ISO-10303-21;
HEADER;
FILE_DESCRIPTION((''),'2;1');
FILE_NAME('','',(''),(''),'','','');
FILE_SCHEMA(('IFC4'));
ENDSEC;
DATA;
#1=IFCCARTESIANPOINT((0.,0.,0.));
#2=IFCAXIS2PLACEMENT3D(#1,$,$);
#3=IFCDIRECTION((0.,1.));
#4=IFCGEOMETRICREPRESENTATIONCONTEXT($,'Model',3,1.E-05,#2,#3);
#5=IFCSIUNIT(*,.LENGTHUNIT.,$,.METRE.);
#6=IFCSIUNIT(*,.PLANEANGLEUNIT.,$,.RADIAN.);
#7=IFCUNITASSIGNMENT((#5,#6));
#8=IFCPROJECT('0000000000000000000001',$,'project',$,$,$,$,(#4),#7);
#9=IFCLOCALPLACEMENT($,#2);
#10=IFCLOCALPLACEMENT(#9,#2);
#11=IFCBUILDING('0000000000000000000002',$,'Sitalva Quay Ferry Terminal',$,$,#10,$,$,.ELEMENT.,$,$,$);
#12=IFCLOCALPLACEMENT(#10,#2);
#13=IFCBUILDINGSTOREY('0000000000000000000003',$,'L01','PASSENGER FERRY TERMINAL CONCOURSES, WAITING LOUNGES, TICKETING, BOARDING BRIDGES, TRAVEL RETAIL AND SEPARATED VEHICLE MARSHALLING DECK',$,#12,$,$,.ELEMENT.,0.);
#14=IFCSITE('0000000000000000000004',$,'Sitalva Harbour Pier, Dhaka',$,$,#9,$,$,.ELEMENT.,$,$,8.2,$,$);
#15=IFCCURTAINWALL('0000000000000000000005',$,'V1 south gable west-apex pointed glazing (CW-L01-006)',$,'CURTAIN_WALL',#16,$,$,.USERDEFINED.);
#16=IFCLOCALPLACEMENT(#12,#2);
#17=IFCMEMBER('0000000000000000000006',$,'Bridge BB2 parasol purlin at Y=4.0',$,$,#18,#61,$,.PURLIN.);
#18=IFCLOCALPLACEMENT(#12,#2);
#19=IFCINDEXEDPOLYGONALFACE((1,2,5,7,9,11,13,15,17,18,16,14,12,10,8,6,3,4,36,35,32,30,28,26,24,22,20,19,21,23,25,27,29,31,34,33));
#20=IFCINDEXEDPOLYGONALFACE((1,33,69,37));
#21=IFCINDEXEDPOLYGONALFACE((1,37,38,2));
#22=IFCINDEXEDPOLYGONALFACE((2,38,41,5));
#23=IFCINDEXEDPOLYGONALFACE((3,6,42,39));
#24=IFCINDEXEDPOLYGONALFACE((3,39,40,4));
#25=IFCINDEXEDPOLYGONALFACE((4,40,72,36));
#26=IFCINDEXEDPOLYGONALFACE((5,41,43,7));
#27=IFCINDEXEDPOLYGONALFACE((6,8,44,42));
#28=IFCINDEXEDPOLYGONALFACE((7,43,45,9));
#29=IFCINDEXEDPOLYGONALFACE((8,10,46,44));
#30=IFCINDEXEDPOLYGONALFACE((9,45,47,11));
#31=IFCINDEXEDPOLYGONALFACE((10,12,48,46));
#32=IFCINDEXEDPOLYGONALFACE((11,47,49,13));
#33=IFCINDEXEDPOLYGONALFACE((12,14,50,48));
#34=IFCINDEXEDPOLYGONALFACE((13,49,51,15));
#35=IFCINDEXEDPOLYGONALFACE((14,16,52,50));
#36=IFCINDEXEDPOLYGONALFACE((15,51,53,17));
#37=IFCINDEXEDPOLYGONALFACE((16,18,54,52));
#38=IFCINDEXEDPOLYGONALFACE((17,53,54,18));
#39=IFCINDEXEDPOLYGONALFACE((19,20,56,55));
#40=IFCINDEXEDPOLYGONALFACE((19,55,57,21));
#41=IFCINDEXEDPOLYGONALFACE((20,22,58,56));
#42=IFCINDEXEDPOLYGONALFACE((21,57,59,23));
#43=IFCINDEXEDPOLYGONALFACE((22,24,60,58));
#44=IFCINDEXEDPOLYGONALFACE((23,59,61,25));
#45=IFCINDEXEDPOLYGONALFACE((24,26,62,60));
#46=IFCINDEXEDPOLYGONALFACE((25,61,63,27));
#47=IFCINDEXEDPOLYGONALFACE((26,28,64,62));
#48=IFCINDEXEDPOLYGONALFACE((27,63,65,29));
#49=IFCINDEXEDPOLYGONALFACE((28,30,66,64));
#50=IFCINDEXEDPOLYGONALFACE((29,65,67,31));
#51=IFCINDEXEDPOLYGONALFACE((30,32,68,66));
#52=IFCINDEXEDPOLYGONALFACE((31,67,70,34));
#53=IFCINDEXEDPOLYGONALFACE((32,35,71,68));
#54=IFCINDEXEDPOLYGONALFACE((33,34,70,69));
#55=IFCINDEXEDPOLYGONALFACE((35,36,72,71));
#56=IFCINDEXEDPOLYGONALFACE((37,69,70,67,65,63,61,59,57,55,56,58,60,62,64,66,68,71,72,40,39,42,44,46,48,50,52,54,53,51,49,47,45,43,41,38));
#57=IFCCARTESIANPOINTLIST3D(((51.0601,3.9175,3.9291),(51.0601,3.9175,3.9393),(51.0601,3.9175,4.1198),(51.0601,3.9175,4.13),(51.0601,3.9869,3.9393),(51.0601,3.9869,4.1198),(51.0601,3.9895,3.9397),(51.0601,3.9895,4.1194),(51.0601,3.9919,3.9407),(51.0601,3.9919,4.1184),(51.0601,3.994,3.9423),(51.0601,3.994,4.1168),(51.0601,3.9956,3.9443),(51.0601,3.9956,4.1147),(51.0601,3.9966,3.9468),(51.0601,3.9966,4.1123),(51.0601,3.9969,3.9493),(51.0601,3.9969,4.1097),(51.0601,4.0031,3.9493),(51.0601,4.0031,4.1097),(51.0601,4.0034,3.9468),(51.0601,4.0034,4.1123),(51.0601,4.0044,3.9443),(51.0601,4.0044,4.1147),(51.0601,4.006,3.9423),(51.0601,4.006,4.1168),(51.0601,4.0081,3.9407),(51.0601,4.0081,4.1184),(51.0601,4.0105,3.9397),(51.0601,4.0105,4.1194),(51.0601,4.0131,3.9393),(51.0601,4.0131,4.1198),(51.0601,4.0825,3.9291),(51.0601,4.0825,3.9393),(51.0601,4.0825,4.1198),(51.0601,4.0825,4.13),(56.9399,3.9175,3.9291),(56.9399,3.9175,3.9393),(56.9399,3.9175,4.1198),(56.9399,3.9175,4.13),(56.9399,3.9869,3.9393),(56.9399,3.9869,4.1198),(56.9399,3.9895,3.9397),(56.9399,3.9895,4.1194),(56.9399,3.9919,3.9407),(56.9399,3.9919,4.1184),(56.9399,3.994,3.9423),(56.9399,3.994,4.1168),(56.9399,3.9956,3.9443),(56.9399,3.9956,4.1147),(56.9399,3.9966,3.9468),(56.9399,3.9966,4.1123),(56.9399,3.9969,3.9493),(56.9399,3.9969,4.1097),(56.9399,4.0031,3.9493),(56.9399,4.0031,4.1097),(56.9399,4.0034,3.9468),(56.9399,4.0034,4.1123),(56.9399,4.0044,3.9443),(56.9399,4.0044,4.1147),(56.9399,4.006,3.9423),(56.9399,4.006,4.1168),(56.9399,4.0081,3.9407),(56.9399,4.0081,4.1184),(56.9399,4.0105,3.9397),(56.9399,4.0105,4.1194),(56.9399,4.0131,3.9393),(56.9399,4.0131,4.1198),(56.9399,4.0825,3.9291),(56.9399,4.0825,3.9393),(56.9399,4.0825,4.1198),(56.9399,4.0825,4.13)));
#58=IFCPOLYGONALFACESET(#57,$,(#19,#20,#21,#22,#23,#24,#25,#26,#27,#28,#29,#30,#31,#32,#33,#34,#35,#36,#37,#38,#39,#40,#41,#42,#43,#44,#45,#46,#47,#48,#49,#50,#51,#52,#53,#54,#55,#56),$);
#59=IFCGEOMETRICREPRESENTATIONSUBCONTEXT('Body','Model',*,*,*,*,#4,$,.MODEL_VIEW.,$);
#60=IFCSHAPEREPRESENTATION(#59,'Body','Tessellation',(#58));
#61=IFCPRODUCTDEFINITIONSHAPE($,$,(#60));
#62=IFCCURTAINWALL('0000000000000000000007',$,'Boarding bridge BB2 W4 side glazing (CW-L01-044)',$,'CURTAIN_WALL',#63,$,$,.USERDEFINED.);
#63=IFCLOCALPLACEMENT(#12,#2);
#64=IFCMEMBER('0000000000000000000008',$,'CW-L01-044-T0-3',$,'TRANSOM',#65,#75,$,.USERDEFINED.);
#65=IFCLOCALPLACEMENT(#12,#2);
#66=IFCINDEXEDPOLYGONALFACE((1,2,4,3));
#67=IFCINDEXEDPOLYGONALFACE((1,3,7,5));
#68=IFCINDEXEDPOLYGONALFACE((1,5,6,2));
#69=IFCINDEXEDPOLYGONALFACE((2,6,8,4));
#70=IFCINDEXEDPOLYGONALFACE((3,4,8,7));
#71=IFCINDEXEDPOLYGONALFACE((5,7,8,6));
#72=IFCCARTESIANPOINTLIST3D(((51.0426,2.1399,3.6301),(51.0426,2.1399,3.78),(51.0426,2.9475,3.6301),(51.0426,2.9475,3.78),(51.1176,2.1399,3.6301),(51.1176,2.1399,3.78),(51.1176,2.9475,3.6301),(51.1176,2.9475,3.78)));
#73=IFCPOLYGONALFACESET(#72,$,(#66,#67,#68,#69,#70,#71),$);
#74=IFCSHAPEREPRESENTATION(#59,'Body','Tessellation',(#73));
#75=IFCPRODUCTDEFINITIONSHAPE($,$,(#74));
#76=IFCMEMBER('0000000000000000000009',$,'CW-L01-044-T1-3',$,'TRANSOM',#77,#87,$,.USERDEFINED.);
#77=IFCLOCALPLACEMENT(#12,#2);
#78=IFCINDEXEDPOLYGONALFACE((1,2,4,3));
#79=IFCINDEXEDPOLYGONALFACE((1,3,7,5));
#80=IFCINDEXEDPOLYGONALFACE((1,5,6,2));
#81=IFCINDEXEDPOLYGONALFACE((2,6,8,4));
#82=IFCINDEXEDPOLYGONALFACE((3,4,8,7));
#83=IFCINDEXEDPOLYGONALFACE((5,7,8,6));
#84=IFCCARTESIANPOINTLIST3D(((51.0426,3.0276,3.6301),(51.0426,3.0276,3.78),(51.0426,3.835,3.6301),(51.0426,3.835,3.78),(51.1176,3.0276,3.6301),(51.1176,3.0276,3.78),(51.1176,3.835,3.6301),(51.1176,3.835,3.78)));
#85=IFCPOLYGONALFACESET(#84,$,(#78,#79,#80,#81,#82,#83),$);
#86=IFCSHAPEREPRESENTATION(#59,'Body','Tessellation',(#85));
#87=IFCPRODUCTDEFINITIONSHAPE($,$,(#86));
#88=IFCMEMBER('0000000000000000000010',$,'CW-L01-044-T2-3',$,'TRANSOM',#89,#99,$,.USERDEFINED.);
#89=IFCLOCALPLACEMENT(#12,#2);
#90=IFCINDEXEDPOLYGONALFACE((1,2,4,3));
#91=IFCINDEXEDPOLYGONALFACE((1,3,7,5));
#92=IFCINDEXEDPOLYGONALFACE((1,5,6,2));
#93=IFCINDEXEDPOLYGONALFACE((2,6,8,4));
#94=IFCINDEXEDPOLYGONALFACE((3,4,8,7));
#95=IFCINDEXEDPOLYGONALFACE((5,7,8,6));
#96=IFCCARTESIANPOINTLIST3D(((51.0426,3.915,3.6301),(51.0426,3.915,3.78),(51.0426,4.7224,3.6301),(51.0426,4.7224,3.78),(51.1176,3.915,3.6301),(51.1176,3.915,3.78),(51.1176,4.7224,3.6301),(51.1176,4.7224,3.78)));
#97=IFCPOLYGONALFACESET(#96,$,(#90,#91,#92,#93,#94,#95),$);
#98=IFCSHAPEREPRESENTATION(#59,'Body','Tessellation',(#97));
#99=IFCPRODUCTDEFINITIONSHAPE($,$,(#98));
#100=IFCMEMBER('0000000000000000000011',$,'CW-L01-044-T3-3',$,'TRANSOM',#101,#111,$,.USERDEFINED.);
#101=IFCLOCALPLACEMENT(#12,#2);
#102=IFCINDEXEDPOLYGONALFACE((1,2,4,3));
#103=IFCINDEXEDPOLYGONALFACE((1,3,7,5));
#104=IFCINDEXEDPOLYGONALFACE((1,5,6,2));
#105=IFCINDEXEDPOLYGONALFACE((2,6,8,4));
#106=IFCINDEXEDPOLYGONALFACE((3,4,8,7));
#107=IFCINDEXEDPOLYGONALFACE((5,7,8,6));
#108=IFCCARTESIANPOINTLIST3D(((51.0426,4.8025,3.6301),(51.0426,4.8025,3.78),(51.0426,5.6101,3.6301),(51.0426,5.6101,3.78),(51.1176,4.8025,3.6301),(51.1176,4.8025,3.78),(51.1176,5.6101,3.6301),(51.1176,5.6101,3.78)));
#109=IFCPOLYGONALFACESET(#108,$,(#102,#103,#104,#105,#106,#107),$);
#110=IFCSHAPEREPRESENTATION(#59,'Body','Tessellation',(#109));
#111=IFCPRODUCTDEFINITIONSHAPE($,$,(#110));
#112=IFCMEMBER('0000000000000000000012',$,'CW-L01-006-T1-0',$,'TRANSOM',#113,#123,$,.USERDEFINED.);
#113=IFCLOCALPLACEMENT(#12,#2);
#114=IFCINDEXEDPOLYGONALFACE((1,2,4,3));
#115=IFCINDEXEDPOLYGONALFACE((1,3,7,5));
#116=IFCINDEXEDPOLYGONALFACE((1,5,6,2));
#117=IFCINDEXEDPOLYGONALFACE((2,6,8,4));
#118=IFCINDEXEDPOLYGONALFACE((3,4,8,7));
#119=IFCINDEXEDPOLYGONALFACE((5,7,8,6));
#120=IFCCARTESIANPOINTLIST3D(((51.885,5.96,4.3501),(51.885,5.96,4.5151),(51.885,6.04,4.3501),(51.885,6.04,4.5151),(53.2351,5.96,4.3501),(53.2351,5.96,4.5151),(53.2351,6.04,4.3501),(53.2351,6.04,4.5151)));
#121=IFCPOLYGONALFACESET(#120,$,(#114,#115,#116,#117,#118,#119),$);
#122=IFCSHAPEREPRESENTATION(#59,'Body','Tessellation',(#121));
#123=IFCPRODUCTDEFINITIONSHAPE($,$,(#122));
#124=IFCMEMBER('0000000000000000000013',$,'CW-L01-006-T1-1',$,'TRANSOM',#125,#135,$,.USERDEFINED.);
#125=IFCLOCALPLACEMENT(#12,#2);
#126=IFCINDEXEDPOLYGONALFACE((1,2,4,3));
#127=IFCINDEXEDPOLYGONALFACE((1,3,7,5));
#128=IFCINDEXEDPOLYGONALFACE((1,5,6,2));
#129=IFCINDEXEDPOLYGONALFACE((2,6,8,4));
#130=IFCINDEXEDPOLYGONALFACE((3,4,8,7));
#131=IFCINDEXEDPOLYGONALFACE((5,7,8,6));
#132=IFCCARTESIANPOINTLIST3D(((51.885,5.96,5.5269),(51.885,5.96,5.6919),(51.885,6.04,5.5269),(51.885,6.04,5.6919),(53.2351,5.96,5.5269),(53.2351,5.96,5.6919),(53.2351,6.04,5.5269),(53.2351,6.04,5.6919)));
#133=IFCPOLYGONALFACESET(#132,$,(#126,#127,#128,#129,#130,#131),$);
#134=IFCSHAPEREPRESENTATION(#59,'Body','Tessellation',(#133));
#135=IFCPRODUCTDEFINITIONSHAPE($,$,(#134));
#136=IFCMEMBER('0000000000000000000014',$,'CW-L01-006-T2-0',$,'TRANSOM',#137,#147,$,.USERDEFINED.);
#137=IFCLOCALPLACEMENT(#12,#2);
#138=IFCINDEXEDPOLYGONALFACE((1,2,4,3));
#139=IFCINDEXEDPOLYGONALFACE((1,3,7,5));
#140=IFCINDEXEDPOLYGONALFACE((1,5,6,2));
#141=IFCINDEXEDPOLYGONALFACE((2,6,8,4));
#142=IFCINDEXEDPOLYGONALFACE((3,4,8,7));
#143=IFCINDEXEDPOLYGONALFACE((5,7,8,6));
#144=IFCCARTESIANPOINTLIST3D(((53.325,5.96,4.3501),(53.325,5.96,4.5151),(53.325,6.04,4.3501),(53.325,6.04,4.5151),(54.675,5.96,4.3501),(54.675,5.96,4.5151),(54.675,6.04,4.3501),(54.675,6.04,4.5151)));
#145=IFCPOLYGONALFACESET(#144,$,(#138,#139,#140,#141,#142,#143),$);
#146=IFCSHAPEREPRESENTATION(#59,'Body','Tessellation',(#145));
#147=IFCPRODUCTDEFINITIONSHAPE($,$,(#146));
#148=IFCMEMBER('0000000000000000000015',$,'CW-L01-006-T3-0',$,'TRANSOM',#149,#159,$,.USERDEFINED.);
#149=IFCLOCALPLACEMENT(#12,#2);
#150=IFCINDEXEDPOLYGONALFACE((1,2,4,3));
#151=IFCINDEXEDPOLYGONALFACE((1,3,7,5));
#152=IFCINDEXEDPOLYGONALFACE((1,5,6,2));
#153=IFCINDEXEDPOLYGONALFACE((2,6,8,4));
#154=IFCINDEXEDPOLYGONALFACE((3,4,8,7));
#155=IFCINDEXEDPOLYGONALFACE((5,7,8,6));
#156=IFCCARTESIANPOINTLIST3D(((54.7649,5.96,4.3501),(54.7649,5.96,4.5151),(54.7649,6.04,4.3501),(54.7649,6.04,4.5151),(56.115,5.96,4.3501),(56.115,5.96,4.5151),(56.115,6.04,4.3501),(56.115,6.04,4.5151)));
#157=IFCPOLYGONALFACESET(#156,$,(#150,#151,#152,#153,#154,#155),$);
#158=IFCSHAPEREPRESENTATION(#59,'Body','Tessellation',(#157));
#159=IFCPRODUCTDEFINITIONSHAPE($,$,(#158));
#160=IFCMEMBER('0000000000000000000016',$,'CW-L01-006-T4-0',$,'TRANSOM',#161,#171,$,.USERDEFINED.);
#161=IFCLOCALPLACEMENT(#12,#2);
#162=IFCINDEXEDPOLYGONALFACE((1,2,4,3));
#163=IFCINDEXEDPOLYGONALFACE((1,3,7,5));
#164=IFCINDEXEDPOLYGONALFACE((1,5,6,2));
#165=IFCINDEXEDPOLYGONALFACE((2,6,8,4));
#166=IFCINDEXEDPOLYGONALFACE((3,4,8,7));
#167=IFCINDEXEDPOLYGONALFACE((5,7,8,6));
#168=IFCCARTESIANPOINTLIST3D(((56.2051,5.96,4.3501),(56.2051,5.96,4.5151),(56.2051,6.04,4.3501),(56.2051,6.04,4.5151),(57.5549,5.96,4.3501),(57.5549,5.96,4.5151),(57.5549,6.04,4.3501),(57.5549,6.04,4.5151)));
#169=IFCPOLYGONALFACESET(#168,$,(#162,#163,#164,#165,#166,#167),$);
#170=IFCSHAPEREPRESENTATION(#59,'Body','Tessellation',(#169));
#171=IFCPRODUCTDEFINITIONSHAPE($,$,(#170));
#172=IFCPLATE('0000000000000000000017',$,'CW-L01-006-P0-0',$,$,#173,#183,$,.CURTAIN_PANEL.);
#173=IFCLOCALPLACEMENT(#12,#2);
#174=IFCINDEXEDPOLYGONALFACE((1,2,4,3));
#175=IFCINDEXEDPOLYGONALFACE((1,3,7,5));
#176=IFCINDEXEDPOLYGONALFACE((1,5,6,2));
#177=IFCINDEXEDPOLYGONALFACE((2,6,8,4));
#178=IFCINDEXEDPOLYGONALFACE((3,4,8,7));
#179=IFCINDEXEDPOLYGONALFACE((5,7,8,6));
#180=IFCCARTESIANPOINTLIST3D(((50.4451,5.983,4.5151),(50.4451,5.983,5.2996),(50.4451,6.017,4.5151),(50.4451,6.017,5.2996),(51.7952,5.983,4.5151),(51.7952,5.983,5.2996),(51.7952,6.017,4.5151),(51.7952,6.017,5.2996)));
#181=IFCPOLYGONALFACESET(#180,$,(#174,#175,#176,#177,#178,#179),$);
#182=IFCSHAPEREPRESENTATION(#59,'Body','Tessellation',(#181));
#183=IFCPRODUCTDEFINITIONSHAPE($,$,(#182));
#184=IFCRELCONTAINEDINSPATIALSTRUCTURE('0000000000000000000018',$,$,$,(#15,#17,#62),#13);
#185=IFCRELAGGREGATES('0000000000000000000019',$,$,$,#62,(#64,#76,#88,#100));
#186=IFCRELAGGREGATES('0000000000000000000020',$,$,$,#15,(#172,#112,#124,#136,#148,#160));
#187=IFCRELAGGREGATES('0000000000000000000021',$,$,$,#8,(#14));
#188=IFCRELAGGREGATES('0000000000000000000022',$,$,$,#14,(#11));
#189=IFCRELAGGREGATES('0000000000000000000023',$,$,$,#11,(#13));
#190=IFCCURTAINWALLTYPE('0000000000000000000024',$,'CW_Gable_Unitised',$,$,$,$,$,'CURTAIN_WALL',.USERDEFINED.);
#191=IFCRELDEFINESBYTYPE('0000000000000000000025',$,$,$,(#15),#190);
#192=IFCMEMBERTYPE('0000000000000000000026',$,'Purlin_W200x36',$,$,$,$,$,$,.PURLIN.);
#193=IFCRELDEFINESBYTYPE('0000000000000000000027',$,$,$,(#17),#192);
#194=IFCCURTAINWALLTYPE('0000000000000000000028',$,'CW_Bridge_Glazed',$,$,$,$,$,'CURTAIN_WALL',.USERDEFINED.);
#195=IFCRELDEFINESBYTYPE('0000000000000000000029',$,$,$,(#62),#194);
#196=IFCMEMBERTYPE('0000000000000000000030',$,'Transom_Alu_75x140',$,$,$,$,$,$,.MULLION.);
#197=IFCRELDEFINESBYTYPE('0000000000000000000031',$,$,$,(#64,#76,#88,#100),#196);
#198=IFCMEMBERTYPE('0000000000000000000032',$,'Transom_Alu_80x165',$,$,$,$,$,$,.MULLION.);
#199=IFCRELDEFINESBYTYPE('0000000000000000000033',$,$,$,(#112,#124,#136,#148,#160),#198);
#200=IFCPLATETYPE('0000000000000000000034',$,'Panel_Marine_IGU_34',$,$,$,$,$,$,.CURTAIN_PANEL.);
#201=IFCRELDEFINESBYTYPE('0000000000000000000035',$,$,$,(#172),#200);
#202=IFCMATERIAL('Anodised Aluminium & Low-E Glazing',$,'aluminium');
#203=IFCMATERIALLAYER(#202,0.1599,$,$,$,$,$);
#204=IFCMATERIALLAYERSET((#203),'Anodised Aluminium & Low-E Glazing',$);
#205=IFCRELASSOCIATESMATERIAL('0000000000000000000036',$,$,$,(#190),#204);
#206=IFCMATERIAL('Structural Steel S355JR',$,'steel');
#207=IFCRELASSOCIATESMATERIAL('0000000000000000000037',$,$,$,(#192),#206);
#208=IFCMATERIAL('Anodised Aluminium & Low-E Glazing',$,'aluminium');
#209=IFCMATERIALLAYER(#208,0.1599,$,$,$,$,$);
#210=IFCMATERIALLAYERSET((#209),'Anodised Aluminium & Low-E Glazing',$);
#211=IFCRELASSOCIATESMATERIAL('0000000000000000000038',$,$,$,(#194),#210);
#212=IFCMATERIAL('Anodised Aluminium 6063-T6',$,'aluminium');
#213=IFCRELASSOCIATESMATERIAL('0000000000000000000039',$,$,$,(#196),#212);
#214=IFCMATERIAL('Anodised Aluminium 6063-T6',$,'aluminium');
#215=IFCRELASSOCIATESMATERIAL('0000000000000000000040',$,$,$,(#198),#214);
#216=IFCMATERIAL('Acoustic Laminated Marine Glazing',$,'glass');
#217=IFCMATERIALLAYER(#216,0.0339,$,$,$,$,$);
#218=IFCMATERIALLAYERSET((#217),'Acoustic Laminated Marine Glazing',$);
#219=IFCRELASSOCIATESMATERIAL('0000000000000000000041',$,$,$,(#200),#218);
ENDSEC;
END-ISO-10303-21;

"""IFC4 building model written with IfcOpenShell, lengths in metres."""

from ifc_helpers import new_model, si_unit, direction, frame, origin, origin_2d, place, context, subcontext, project, spatial, rectangle, i_section, extrude, material, layer, layer_set, material_profile, profile_set, type_object, element, aggregate, save


model = new_model("IFC4")

# Units and contexts
model_context = context("Model", 3, precision=1e-05, world=origin(), true_north=direction((0.0, 1.0)))
body_context = subcontext(model_context, "Body", "Model", "MODEL_VIEW")
ifc_project = project(units=[si_unit("LENGTHUNIT", "METRE"), si_unit("PLANEANGLEUNIT", "RADIAN")], contexts=[model_context])

# Site, building, storey
site_placement = place(None, origin())
site = spatial("IfcSite", under=ifc_project, at=site_placement, Name="Sitalva Harbour Pier, Dhaka", CompositionType="ELEMENT", RefElevation=8.2)
building_placement = place(site_placement, origin())
building = spatial("IfcBuilding", under=site, at=building_placement, Name="Sitalva Quay Ferry Terminal", CompositionType="ELEMENT")
storey_placement = place(building_placement, origin())
storey = spatial("IfcBuildingStorey", under=building, at=storey_placement, Name="L01", Description="PASSENGER FERRY TERMINAL CONCOURSES, WAITING LOUNGES, TICKETING, BOARDING BRIDGES, TRAVEL RETAIL AND SEPARATED VEHICLE MARSHALLING DECK", CompositionType="ELEMENT", Elevation=0.0)

# Curtain wall
ifc_material_1 = material(Name="Anodised Aluminium & Low-E Glazing", Category="aluminium")
ifc_layer_1 = layer(ifc_material_1, 0.1599)
ifc_layer_set_1 = layer_set([ifc_layer_1], Name="Anodised Aluminium & Low-E Glazing")
curtain_wall_type_1 = type_object("IfcCurtainWallType", Name="CW_Gable_Unitised", ElementType="CURTAIN_WALL", PredefinedType="USERDEFINED", material=ifc_layer_set_1)
curtain_wall_1_placement = place(storey_placement, origin())
curtain_wall_1 = element("IfcCurtainWall", 1, at=curtain_wall_1_placement, inside=storey, type_object=curtain_wall_type_1, Name="V1 south gable west-apex pointed glazing (CW-L01-006)", ObjectType="CURTAIN_WALL", PredefinedType="USERDEFINED")

# Member
ifc_material_2 = material(Name="Structural Steel S355JR", Category="steel")
ifc_material_profile_1 = material_profile(ifc_material_2, i_section(OverallWidth=0.165, OverallDepth=0.2009, WebThickness=0.0061, FlangeThickness=0.0103, FilletRadius=0.01, at=origin_2d()), Name="W200x36")
ifc_profile_set_1 = profile_set([ifc_material_profile_1], Name="Structural Steel S355JR")
member_type_1 = type_object("IfcMemberType", Name="Purlin_W200x36", PredefinedType="PURLIN", material=ifc_profile_set_1)
for number, where, z_axis, x_axis, name in (
    (2, (51.0601, 4.0, 4.0295), (1.0, 0.0, 0.0), (0.0, 1.0, 0.0), "Bridge BB2 parasol purlin at Y=4.0"),
):
    element("IfcMember", number, at=place(storey_placement, frame(where, z_axis=z_axis, x_axis=x_axis)), inside=storey, type_object=member_type_1, Name=name, PredefinedType="PURLIN", context=body_context, shape_type="SweptSolid", body=[
        extrude(i_section(OverallWidth=0.165, OverallDepth=0.2009, WebThickness=0.0061, FlangeThickness=0.0103, FilletRadius=0.01, at=origin_2d()), origin(), (0.0, 0.0, 1.0), 5.8799),
    ])

# Curtain wall, members
ifc_material_3 = material(Name="Anodised Aluminium & Low-E Glazing", Category="aluminium")
ifc_layer_2 = layer(ifc_material_3, 0.1599)
ifc_layer_set_2 = layer_set([ifc_layer_2], Name="Anodised Aluminium & Low-E Glazing")
curtain_wall_type_2 = type_object("IfcCurtainWallType", Name="CW_Bridge_Glazed", ElementType="CURTAIN_WALL", PredefinedType="USERDEFINED", material=ifc_layer_set_2)
curtain_wall_2_placement = place(storey_placement, origin())
curtain_wall_2 = element("IfcCurtainWall", 3, at=curtain_wall_2_placement, inside=storey, type_object=curtain_wall_type_2, Name="Boarding bridge BB2 W4 side glazing (CW-L01-044)", ObjectType="CURTAIN_WALL", PredefinedType="USERDEFINED")
ifc_material_4 = material(Name="Anodised Aluminium 6063-T6", Category="aluminium")
ifc_material_profile_2 = material_profile(ifc_material_4, rectangle(XDim=0.075, YDim=0.1499, at=origin_2d()), Name="ALU75x150")
ifc_profile_set_2 = profile_set([ifc_material_profile_2], Name="Anodised Aluminium 6063-T6")
member_type_2 = type_object("IfcMemberType", Name="Transom_Alu_75x140", PredefinedType="MULLION", material=ifc_profile_set_2)
member_1_placement = place(storey_placement, frame((51.0801, 2.1399, 3.7051), z_axis=(0.0, 1.0, 0.0), x_axis=(-1.0, 0.0, 0.0)))
member_1 = element("IfcMember", 4, at=member_1_placement, type_object=member_type_2, Name="CW-L01-044-T0-3", ObjectType="TRANSOM", PredefinedType="USERDEFINED", context=body_context, shape_type="SweptSolid", body=[
    extrude(rectangle(XDim=0.075, YDim=0.1499, at=origin_2d()), origin(), (0.0, 0.0, 1.0), 0.8076),
])
member_2_placement = place(storey_placement, frame((51.0801, 3.0276, 3.7051), z_axis=(0.0, 1.0, 0.0), x_axis=(-1.0, 0.0, 0.0)))
member_2 = element("IfcMember", 5, at=member_2_placement, type_object=member_type_2, Name="CW-L01-044-T1-3", ObjectType="TRANSOM", PredefinedType="USERDEFINED", context=body_context, shape_type="SweptSolid", body=[
    extrude(rectangle(XDim=0.075, YDim=0.1499, at=origin_2d()), origin(), (0.0, 0.0, 1.0), 0.8074),
])
member_3_placement = place(storey_placement, frame((51.0801, 3.915, 3.7051), z_axis=(0.0, 1.0, 0.0), x_axis=(-1.0, 0.0, 0.0)))
member_3 = element("IfcMember", 6, at=member_3_placement, type_object=member_type_2, Name="CW-L01-044-T2-3", ObjectType="TRANSOM", PredefinedType="USERDEFINED", context=body_context, shape_type="SweptSolid", body=[
    extrude(rectangle(XDim=0.075, YDim=0.1499, at=origin_2d()), origin(), (0.0, 0.0, 1.0), 0.8074),
])
member_4_placement = place(storey_placement, frame((51.0801, 4.8025, 3.7051), z_axis=(0.0, 1.0, 0.0), x_axis=(-1.0, 0.0, 0.0)))
member_4 = element("IfcMember", 7, at=member_4_placement, type_object=member_type_2, Name="CW-L01-044-T3-3", ObjectType="TRANSOM", PredefinedType="USERDEFINED", context=body_context, shape_type="SweptSolid", body=[
    extrude(rectangle(XDim=0.075, YDim=0.1499, at=origin_2d()), origin(), (0.0, 0.0, 1.0), 0.8076),
])
aggregate(curtain_wall_2, [member_1, member_2, member_3, member_4])

# Members
ifc_material_5 = material(Name="Anodised Aluminium 6063-T6", Category="aluminium")
ifc_material_profile_3 = material_profile(ifc_material_5, rectangle(XDim=0.0801, YDim=0.165, at=origin_2d()), Name="ALU80x165")
ifc_profile_set_3 = profile_set([ifc_material_profile_3], Name="Anodised Aluminium 6063-T6")
member_type_3 = type_object("IfcMemberType", Name="Transom_Alu_80x165", PredefinedType="MULLION", material=ifc_profile_set_3)
member_5_placement = place(storey_placement, frame((51.885, 6.0, 4.4326), z_axis=(1.0, 0.0, 0.0), x_axis=(0.0, 1.0, 0.0)))
member_5 = element("IfcMember", 8, at=member_5_placement, type_object=member_type_3, Name="CW-L01-006-T1-0", ObjectType="TRANSOM", PredefinedType="USERDEFINED", context=body_context, shape_type="SweptSolid", body=[
    extrude(rectangle(XDim=0.0801, YDim=0.165, at=origin_2d()), origin(), (0.0, 0.0, 1.0), 1.3501),
])
member_6_placement = place(storey_placement, frame((51.885, 6.0, 5.6094), z_axis=(1.0, 0.0, 0.0), x_axis=(0.0, 1.0, 0.0)))
member_6 = element("IfcMember", 9, at=member_6_placement, type_object=member_type_3, Name="CW-L01-006-T1-1", ObjectType="TRANSOM", PredefinedType="USERDEFINED", context=body_context, shape_type="SweptSolid", body=[
    extrude(rectangle(XDim=0.0801, YDim=0.165, at=origin_2d()), origin(), (0.0, 0.0, 1.0), 1.3501),
])
member_7_placement = place(storey_placement, frame((53.325, 6.0, 4.4326), z_axis=(1.0, 0.0, 0.0), x_axis=(0.0, 1.0, 0.0)))
member_7 = element("IfcMember", 10, at=member_7_placement, type_object=member_type_3, Name="CW-L01-006-T2-0", ObjectType="TRANSOM", PredefinedType="USERDEFINED", context=body_context, shape_type="SweptSolid", body=[
    extrude(rectangle(XDim=0.0801, YDim=0.165, at=origin_2d()), origin(), (0.0, 0.0, 1.0), 1.3501),
])
member_8_placement = place(storey_placement, frame((54.7649, 6.0, 4.4326), z_axis=(1.0, 0.0, 0.0), x_axis=(0.0, 1.0, 0.0)))
member_8 = element("IfcMember", 11, at=member_8_placement, type_object=member_type_3, Name="CW-L01-006-T3-0", ObjectType="TRANSOM", PredefinedType="USERDEFINED", context=body_context, shape_type="SweptSolid", body=[
    extrude(rectangle(XDim=0.0801, YDim=0.165, at=origin_2d()), origin(), (0.0, 0.0, 1.0), 1.3501),
])
member_9_placement = place(storey_placement, frame((56.2051, 6.0, 4.4326), z_axis=(1.0, 0.0, 0.0), x_axis=(0.0, 1.0, 0.0)))
member_9 = element("IfcMember", 12, at=member_9_placement, type_object=member_type_3, Name="CW-L01-006-T4-0", ObjectType="TRANSOM", PredefinedType="USERDEFINED", context=body_context, shape_type="SweptSolid", body=[
    extrude(rectangle(XDim=0.0801, YDim=0.165, at=origin_2d()), origin(), (0.0, 0.0, 1.0), 1.3499),
])

# Plate
ifc_material_6 = material(Name="Acoustic Laminated Marine Glazing", Category="glass")
ifc_layer_3 = layer(ifc_material_6, 0.0339)
ifc_layer_set_3 = layer_set([ifc_layer_3], Name="Acoustic Laminated Marine Glazing")
plate_type = type_object("IfcPlateType", Name="Panel_Marine_IGU_34", PredefinedType="CURTAIN_PANEL", material=ifc_layer_set_3)
plate_1_placement = place(storey_placement, frame((51.1201, 6.0, 4.5151), z_axis=(0.0, 0.0, 1.0), x_axis=(1.0, 0.0, 0.0)))
plate_1 = element("IfcPlate", 13, at=plate_1_placement, type_object=plate_type, Name="CW-L01-006-P0-0", PredefinedType="CURTAIN_PANEL", context=body_context, shape_type="SweptSolid", body=[
    extrude(rectangle(XDim=1.3501, YDim=0.0339, at=origin_2d()), origin(), (0.0, 0.0, 1.0), 0.7844),
])
aggregate(curtain_wall_1, [plate_1, member_5, member_6, member_7, member_8, member_9])

save(model, "model.ifc")
